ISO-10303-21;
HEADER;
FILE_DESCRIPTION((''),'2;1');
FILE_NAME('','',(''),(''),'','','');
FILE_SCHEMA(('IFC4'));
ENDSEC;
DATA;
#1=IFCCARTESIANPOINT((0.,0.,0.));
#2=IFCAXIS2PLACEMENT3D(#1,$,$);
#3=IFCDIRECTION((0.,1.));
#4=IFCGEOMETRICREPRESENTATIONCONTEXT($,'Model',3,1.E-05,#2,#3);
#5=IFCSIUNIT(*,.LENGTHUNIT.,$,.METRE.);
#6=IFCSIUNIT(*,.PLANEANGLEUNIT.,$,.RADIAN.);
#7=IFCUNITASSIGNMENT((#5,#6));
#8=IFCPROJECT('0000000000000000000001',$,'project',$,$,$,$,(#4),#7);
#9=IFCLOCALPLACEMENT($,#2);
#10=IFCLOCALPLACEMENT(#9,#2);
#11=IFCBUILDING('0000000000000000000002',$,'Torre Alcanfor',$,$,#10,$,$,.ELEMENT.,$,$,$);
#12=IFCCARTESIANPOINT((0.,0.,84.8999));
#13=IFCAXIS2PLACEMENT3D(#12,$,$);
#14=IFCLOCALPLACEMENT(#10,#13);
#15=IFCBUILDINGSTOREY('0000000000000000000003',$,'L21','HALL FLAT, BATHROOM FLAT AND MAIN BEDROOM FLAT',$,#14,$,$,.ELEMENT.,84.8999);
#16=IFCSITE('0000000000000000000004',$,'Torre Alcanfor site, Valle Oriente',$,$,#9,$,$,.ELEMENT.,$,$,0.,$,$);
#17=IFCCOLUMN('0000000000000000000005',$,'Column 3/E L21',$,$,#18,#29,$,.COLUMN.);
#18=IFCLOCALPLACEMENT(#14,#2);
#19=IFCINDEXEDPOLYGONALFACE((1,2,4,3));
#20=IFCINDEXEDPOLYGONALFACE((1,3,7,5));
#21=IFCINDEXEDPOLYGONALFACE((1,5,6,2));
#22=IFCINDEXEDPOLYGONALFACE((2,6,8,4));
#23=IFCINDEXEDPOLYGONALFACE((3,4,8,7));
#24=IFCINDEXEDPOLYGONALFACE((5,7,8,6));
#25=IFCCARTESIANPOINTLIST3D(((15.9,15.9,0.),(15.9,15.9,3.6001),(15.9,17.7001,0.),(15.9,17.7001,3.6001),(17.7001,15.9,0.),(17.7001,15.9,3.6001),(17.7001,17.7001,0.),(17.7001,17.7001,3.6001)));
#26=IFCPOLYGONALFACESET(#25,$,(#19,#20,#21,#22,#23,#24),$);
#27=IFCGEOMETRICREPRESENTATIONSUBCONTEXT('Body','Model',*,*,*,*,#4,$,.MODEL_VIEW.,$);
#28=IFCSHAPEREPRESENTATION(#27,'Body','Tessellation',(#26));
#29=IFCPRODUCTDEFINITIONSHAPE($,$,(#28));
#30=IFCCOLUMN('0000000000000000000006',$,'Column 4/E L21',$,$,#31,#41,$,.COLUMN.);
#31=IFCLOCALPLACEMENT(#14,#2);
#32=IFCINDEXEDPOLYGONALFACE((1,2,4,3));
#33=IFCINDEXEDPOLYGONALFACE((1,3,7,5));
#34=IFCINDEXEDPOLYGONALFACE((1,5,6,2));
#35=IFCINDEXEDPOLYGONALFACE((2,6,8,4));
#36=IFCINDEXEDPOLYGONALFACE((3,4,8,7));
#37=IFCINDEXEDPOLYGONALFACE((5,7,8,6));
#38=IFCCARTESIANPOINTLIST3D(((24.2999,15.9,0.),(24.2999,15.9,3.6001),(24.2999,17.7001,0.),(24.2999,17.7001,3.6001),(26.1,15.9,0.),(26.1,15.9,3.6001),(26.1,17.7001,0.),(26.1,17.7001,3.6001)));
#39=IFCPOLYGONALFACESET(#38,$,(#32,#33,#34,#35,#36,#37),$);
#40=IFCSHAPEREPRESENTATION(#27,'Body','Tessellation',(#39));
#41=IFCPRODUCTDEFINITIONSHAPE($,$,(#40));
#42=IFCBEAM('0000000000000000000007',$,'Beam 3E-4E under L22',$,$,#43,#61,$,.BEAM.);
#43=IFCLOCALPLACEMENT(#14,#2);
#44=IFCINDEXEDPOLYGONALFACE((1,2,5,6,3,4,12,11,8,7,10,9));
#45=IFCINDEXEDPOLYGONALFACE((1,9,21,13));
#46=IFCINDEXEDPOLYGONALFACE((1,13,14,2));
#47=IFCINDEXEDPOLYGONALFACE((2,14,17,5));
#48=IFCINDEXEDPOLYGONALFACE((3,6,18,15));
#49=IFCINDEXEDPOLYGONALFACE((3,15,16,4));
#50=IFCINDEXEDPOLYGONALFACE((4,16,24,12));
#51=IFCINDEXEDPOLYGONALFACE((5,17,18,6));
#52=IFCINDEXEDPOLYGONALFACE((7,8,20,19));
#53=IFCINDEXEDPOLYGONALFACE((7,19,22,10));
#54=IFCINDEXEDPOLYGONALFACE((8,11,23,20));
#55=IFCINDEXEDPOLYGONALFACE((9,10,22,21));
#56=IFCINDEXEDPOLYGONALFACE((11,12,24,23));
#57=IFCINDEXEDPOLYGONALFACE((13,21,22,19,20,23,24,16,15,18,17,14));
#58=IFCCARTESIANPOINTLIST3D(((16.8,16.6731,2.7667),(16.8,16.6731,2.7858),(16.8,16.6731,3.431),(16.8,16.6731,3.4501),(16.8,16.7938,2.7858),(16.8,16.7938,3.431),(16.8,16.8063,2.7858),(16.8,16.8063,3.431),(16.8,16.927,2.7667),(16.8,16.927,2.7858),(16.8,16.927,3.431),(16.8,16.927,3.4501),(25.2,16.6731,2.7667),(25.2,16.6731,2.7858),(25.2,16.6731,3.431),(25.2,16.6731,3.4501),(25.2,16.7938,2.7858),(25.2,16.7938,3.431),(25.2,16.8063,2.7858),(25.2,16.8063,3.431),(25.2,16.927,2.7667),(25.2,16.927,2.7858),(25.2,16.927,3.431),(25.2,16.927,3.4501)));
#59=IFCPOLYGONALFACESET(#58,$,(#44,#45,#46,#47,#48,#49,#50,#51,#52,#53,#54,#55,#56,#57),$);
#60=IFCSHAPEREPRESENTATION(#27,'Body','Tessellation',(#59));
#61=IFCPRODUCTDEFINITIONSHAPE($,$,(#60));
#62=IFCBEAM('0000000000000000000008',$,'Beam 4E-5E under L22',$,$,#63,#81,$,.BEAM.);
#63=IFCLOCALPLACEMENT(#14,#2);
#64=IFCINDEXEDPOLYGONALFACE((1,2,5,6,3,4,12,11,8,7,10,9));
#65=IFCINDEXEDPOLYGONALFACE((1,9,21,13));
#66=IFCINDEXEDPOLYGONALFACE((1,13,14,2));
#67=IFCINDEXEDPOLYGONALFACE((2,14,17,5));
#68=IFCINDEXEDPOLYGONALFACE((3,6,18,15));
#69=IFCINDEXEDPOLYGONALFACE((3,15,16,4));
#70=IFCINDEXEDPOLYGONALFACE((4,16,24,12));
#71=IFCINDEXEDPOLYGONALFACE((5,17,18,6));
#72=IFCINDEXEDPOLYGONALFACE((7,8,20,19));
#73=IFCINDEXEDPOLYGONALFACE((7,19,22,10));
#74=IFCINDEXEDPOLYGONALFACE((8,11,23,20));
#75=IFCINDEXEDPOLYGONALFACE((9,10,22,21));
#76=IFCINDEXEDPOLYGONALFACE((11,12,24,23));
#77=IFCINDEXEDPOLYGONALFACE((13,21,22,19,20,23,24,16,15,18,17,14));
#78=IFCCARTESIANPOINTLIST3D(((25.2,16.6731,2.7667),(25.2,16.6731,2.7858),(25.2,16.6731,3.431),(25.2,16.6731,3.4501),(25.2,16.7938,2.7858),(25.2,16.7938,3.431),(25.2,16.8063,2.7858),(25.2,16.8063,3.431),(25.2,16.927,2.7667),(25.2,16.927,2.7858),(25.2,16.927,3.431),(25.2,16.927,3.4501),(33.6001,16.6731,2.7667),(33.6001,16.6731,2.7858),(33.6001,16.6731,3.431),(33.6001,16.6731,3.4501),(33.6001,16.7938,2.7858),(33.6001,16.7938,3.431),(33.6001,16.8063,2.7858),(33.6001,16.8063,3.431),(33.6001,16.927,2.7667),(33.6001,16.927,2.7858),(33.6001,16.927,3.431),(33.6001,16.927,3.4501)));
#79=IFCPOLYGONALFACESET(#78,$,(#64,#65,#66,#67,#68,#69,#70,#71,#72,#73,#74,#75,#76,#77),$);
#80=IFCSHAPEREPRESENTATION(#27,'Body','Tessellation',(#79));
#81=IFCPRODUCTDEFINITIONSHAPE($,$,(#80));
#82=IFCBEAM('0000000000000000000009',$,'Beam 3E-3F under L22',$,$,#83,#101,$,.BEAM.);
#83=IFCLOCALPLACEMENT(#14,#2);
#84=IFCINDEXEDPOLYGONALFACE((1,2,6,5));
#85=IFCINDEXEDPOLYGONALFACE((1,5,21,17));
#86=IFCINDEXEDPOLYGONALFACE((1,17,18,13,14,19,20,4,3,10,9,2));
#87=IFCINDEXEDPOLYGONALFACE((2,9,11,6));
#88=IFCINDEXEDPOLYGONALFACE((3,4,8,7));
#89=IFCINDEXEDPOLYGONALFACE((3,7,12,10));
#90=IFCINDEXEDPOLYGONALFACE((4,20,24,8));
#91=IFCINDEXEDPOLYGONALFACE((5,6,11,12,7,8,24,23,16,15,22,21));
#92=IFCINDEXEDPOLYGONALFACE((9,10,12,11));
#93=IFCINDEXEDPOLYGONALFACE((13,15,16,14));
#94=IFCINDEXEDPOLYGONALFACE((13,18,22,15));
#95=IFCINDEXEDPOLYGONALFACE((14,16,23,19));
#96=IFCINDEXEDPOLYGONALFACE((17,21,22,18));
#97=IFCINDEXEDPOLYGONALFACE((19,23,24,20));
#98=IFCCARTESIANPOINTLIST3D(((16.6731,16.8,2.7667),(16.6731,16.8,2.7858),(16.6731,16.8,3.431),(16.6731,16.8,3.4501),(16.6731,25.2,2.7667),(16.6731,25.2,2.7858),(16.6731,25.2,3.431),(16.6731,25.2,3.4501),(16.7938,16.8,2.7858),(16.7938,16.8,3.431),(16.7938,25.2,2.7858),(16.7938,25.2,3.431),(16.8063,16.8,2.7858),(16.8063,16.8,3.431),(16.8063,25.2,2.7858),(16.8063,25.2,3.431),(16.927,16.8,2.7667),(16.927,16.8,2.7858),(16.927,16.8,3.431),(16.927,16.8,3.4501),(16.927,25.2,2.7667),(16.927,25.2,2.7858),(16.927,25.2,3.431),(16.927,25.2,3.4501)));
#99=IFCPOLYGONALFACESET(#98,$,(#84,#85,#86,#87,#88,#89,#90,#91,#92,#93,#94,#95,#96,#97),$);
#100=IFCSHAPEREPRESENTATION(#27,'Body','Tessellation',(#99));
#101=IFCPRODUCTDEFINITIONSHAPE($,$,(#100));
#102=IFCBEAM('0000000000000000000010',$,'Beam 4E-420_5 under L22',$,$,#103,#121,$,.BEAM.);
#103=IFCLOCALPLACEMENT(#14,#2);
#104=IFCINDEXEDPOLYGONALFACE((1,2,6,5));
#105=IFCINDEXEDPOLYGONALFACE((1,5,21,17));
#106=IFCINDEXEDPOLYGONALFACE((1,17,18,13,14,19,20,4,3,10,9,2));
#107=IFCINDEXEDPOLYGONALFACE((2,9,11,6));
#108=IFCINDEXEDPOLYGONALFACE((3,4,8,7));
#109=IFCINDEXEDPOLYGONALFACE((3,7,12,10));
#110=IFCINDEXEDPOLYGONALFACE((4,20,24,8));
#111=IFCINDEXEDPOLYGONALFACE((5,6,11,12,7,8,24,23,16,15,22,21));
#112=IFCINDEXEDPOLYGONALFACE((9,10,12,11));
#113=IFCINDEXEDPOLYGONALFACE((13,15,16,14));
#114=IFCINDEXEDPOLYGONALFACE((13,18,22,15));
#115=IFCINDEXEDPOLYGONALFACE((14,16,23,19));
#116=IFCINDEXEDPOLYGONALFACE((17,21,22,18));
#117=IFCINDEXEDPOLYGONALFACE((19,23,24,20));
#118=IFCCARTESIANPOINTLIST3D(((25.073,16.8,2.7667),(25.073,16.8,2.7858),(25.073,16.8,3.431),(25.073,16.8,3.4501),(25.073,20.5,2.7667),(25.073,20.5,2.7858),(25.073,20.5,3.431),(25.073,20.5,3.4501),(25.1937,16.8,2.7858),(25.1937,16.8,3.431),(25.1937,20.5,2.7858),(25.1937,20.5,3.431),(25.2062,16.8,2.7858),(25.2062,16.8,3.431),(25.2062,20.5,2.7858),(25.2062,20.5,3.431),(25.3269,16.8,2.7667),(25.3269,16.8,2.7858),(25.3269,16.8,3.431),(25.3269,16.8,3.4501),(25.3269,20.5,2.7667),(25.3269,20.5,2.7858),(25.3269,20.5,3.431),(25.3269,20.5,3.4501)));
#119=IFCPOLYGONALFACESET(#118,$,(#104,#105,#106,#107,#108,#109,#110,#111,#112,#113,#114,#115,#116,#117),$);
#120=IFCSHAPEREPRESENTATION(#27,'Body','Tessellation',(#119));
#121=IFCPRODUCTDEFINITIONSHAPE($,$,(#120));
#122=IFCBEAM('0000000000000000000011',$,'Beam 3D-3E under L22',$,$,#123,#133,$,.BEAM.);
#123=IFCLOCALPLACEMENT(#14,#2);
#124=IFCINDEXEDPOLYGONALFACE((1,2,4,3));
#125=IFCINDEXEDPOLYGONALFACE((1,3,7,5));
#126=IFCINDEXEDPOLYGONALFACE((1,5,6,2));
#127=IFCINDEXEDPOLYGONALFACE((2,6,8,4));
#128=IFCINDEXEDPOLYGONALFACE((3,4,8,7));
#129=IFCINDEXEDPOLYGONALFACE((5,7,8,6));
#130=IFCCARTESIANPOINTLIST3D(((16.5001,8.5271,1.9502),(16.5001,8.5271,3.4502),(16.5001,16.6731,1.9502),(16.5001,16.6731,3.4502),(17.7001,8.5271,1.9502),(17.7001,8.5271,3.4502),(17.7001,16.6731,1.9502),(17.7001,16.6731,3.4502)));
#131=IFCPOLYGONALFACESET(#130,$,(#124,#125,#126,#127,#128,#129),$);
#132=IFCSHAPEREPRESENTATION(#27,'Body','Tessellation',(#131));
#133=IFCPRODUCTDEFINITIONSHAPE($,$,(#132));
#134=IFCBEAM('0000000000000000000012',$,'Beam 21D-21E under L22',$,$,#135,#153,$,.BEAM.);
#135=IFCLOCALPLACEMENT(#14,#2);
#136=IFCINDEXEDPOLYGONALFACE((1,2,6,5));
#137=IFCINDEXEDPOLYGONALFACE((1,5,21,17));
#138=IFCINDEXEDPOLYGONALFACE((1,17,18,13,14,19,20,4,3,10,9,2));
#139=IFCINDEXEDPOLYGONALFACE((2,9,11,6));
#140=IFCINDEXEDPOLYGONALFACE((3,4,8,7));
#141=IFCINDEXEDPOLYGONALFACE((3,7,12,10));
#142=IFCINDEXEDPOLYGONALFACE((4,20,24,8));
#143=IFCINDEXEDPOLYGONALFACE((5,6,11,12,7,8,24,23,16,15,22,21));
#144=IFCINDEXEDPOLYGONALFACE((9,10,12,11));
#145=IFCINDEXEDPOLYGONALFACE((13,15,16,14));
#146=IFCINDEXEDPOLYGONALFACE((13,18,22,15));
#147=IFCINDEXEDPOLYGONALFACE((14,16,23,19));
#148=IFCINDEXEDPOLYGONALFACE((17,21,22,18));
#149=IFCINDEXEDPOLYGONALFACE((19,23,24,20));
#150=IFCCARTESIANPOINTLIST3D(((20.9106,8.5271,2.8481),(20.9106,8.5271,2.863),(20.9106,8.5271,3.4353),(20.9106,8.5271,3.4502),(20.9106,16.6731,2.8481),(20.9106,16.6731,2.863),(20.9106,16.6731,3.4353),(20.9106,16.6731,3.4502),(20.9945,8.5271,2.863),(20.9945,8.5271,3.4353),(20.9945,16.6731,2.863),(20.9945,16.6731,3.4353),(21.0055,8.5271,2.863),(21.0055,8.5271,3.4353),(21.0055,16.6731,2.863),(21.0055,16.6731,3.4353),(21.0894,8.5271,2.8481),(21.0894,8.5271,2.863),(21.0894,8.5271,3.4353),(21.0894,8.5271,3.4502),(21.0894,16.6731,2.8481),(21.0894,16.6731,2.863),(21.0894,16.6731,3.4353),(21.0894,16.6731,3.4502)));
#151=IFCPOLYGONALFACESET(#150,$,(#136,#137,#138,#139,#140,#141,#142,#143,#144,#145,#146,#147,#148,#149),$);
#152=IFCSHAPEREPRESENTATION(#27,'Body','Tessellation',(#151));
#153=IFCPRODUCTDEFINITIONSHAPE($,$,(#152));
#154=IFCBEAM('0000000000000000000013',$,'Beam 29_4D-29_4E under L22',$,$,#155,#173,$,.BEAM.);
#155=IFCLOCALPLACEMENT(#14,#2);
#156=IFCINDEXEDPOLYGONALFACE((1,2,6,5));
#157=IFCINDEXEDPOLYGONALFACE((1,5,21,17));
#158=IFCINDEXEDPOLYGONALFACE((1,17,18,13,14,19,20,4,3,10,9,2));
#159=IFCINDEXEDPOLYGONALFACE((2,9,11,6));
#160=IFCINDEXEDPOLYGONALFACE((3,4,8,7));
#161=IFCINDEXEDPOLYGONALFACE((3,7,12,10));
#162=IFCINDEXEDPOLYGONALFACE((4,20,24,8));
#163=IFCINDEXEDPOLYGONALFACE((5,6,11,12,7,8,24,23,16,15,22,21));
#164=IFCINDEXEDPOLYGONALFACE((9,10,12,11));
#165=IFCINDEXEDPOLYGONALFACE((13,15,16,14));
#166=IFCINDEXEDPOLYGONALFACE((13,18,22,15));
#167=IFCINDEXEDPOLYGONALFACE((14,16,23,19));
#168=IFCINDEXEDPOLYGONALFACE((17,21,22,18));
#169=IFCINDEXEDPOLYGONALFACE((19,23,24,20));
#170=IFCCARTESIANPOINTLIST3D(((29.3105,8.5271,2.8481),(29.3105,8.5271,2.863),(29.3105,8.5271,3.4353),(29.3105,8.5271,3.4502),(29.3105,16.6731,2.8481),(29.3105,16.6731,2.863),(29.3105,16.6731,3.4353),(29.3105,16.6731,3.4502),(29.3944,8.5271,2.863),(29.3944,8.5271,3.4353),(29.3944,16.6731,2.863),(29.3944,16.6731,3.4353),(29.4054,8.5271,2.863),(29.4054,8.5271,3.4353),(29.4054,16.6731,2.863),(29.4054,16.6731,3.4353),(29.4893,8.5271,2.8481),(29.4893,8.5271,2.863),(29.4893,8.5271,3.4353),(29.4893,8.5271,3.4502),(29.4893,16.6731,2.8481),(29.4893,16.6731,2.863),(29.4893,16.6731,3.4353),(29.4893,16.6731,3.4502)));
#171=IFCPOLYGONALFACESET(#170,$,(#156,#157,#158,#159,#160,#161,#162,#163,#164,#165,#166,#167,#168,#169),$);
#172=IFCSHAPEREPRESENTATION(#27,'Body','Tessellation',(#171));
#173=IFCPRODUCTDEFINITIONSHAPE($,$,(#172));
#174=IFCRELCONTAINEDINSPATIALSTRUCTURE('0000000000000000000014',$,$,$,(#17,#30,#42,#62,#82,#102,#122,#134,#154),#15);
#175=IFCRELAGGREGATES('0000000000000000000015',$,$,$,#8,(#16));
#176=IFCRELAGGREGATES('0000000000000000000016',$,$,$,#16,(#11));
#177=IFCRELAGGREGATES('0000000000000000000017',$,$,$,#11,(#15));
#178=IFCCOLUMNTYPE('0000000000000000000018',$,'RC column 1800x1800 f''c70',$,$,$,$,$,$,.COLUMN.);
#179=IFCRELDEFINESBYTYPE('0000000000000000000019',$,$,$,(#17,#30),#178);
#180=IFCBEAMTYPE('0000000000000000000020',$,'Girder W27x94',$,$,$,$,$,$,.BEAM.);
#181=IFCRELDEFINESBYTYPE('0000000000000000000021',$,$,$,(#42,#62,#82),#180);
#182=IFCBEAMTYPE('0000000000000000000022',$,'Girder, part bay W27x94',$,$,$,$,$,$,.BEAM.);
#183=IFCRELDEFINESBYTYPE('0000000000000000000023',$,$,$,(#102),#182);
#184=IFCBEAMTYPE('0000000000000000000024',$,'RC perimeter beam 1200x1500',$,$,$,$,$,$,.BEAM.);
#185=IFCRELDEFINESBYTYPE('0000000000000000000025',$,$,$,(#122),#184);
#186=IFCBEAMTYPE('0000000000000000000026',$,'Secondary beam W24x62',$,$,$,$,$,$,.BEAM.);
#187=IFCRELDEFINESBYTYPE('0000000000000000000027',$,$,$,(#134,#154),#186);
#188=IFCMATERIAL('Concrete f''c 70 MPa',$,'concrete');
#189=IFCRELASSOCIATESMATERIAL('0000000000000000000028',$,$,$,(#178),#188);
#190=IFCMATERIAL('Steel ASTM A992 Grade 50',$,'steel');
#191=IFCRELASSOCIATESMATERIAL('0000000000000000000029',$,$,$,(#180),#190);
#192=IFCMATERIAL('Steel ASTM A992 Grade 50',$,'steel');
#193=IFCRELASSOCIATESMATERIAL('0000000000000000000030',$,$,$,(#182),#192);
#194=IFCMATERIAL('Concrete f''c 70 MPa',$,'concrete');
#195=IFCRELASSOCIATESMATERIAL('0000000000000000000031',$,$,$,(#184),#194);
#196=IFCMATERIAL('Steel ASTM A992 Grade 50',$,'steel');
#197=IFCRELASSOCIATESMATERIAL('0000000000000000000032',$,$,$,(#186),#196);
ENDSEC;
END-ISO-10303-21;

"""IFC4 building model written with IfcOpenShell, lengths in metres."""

from ifc_helpers import new_model, si_unit, direction, frame, origin, origin_2d, place, context, subcontext, project, spatial, rectangle, i_section, extrude, material, material_profile, profile_set, type_object, element, save


model = new_model("IFC4")

# Units and contexts
model_context = context("Model", 3, precision=1e-05, world=origin(), true_north=direction((0.0, 1.0)))
body_context = subcontext(model_context, "Body", "Model", "MODEL_VIEW")
ifc_project = project(units=[si_unit("LENGTHUNIT", "METRE"), si_unit("PLANEANGLEUNIT", "RADIAN")], contexts=[model_context])

# Site, building, storey
site_placement = place(None, origin())
site = spatial("IfcSite", under=ifc_project, at=site_placement, Name="Torre Alcanfor site, Valle Oriente", CompositionType="ELEMENT", RefElevation=0.0)
building_placement = place(site_placement, origin())
building = spatial("IfcBuilding", under=site, at=building_placement, Name="Torre Alcanfor", CompositionType="ELEMENT")
storey_placement = place(building_placement, frame((0.0, 0.0, 84.8999)))
storey = spatial("IfcBuildingStorey", under=building, at=storey_placement, Name="L21", Description="HALL FLAT, BATHROOM FLAT AND MAIN BEDROOM FLAT", CompositionType="ELEMENT", Elevation=84.8999)

# Columns
ifc_material_1 = material(Name="Concrete f'c 70 MPa", Category="concrete")
ifc_material_profile_1 = material_profile(ifc_material_1, rectangle(XDim=1.8, YDim=1.8, at=origin_2d()), Name="1800x1800")
ifc_profile_set_1 = profile_set([ifc_material_profile_1], Name="Concrete f'c 70 MPa")
column_type = type_object("IfcColumnType", Name="RC column 1800x1800 f'c70", PredefinedType="COLUMN", material=ifc_profile_set_1)
for number, where, z_axis, x_axis, name in (
    (1, (16.8, 16.8, 0.0), (0.0, 0.0, 1.0), (1.0, 0.0, 0.0), "Column 3/E L21"),
    (2, (25.2, 16.8, 0.0), (0.0, 0.0, 1.0), (1.0, 0.0, 0.0), "Column 4/E L21"),
):
    element("IfcColumn", number, at=place(storey_placement, frame(where, z_axis=z_axis, x_axis=x_axis)), inside=storey, type_object=column_type, Name=name, PredefinedType="COLUMN", context=body_context, shape_type="SweptSolid", body=[
        extrude(rectangle(XDim=1.8, YDim=1.8, at=origin_2d()), origin(), (0.0, 0.0, 1.0), 3.6001),
    ])

# Beams
ifc_material_2 = material(Name="Steel ASTM A992 Grade 50", Category="steel")
ifc_material_profile_2 = material_profile(ifc_material_2, i_section(OverallWidth=0.2539, OverallDepth=0.6833, WebThickness=0.0125, FlangeThickness=0.019, at=origin_2d()), Name="W27x94")
ifc_profile_set_2 = profile_set([ifc_material_profile_2], Name="Steel ASTM A992 Grade 50")
beam_type_1 = type_object("IfcBeamType", Name="Girder W27x94", PredefinedType="BEAM", material=ifc_profile_set_2)
beam_1_placement = place(storey_placement, frame((16.8, 16.8, 3.1084), z_axis=(1.0, 0.0, 0.0), x_axis=(0.0, 1.0, 0.0)))
element("IfcBeam", 3, at=beam_1_placement, inside=storey, type_object=beam_type_1, Name="Beam 3E-4E under L22", PredefinedType="BEAM", context=body_context, shape_type="SweptSolid", body=[
    extrude(i_section(OverallWidth=0.2539, OverallDepth=0.6833, WebThickness=0.0125, FlangeThickness=0.019, at=origin_2d()), origin(), (0.0, 0.0, 1.0), 8.3999),
])
beam_2_placement = place(storey_placement, frame((25.2, 16.8, 3.1084), z_axis=(1.0, 0.0, 0.0), x_axis=(0.0, 1.0, 0.0)))
element("IfcBeam", 4, at=beam_2_placement, inside=storey, type_object=beam_type_1, Name="Beam 4E-5E under L22", PredefinedType="BEAM", context=body_context, shape_type="SweptSolid", body=[
    extrude(i_section(OverallWidth=0.2539, OverallDepth=0.6833, WebThickness=0.0125, FlangeThickness=0.019, at=origin_2d()), origin(), (0.0, 0.0, 1.0), 8.4001),
])
beam_3_placement = place(storey_placement, frame((16.8, 16.8, 3.1084), z_axis=(0.0, 1.0, 0.0), x_axis=(-1.0, 0.0, 0.0)))
element("IfcBeam", 5, at=beam_3_placement, inside=storey, type_object=beam_type_1, Name="Beam 3E-3F under L22", PredefinedType="BEAM", context=body_context, shape_type="SweptSolid", body=[
    extrude(i_section(OverallWidth=0.2539, OverallDepth=0.6833, WebThickness=0.0125, FlangeThickness=0.019, at=origin_2d()), origin(), (0.0, 0.0, 1.0), 8.3999),
])
ifc_material_3 = material(Name="Steel ASTM A992 Grade 50", Category="steel")
ifc_material_profile_3 = material_profile(ifc_material_3, i_section(OverallWidth=0.2539, OverallDepth=0.6833, WebThickness=0.0125, FlangeThickness=0.019, at=origin_2d()), Name="W27x94")
ifc_profile_set_3 = profile_set([ifc_material_profile_3], Name="Steel ASTM A992 Grade 50")
beam_type_2 = type_object("IfcBeamType", Name="Girder, part bay W27x94", PredefinedType="BEAM", material=ifc_profile_set_3)
beam_4_placement = place(storey_placement, frame((25.2, 16.8, 3.1084), z_axis=(0.0, 1.0, 0.0), x_axis=(-1.0, 0.0, 0.0)))
element("IfcBeam", 6, at=beam_4_placement, inside=storey, type_object=beam_type_2, Name="Beam 4E-420_5 under L22", PredefinedType="BEAM", context=body_context, shape_type="SweptSolid", body=[
    extrude(i_section(OverallWidth=0.2539, OverallDepth=0.6833, WebThickness=0.0125, FlangeThickness=0.019, at=origin_2d()), origin(), (0.0, 0.0, 1.0), 3.7),
])
ifc_material_4 = material(Name="Concrete f'c 70 MPa", Category="concrete")
ifc_material_profile_4 = material_profile(ifc_material_4, rectangle(XDim=1.2, YDim=1.5, at=origin_2d()), Name="1200x1500")
ifc_profile_set_4 = profile_set([ifc_material_profile_4], Name="Concrete f'c 70 MPa")
beam_type_3 = type_object("IfcBeamType", Name="RC perimeter beam 1200x1500", PredefinedType="BEAM", material=ifc_profile_set_4)
beam_5_placement = place(storey_placement, frame((17.1001, 8.5271, 2.7002), z_axis=(0.0, 1.0, 0.0), x_axis=(-1.0, 0.0, 0.0)))
element("IfcBeam", 7, at=beam_5_placement, inside=storey, type_object=beam_type_3, Name="Beam 3D-3E under L22", PredefinedType="BEAM", context=body_context, shape_type="SweptSolid", body=[
    extrude(rectangle(XDim=1.2, YDim=1.5, at=origin_2d()), origin(), (0.0, 0.0, 1.0), 8.146),
])
ifc_material_5 = material(Name="Steel ASTM A992 Grade 50", Category="steel")
ifc_material_profile_5 = material_profile(ifc_material_5, i_section(OverallWidth=0.1787, OverallDepth=0.6021, WebThickness=0.011, FlangeThickness=0.0149, at=origin_2d()), Name="W24x62")
ifc_profile_set_5 = profile_set([ifc_material_profile_5], Name="Steel ASTM A992 Grade 50")
beam_type_4 = type_object("IfcBeamType", Name="Secondary beam W24x62", PredefinedType="BEAM", material=ifc_profile_set_5)
for number, where, z_axis, x_axis, name in (
    (8, (21.0, 8.5271, 3.1492), (0.0, 1.0, 0.0), (-1.0, 0.0, 0.0), "Beam 21D-21E under L22"),
    (9, (29.3999, 8.5271, 3.1492), (0.0, 1.0, 0.0), (-1.0, 0.0, 0.0), "Beam 29_4D-29_4E under L22"),
):
    element("IfcBeam", number, at=place(storey_placement, frame(where, z_axis=z_axis, x_axis=x_axis)), inside=storey, type_object=beam_type_4, Name=name, PredefinedType="BEAM", context=body_context, shape_type="SweptSolid", body=[
        extrude(i_section(OverallWidth=0.1787, OverallDepth=0.6021, WebThickness=0.011, FlangeThickness=0.0149, at=origin_2d()), origin(), (0.0, 0.0, 1.0), 8.146),
    ])

save(model, "model.ifc")
